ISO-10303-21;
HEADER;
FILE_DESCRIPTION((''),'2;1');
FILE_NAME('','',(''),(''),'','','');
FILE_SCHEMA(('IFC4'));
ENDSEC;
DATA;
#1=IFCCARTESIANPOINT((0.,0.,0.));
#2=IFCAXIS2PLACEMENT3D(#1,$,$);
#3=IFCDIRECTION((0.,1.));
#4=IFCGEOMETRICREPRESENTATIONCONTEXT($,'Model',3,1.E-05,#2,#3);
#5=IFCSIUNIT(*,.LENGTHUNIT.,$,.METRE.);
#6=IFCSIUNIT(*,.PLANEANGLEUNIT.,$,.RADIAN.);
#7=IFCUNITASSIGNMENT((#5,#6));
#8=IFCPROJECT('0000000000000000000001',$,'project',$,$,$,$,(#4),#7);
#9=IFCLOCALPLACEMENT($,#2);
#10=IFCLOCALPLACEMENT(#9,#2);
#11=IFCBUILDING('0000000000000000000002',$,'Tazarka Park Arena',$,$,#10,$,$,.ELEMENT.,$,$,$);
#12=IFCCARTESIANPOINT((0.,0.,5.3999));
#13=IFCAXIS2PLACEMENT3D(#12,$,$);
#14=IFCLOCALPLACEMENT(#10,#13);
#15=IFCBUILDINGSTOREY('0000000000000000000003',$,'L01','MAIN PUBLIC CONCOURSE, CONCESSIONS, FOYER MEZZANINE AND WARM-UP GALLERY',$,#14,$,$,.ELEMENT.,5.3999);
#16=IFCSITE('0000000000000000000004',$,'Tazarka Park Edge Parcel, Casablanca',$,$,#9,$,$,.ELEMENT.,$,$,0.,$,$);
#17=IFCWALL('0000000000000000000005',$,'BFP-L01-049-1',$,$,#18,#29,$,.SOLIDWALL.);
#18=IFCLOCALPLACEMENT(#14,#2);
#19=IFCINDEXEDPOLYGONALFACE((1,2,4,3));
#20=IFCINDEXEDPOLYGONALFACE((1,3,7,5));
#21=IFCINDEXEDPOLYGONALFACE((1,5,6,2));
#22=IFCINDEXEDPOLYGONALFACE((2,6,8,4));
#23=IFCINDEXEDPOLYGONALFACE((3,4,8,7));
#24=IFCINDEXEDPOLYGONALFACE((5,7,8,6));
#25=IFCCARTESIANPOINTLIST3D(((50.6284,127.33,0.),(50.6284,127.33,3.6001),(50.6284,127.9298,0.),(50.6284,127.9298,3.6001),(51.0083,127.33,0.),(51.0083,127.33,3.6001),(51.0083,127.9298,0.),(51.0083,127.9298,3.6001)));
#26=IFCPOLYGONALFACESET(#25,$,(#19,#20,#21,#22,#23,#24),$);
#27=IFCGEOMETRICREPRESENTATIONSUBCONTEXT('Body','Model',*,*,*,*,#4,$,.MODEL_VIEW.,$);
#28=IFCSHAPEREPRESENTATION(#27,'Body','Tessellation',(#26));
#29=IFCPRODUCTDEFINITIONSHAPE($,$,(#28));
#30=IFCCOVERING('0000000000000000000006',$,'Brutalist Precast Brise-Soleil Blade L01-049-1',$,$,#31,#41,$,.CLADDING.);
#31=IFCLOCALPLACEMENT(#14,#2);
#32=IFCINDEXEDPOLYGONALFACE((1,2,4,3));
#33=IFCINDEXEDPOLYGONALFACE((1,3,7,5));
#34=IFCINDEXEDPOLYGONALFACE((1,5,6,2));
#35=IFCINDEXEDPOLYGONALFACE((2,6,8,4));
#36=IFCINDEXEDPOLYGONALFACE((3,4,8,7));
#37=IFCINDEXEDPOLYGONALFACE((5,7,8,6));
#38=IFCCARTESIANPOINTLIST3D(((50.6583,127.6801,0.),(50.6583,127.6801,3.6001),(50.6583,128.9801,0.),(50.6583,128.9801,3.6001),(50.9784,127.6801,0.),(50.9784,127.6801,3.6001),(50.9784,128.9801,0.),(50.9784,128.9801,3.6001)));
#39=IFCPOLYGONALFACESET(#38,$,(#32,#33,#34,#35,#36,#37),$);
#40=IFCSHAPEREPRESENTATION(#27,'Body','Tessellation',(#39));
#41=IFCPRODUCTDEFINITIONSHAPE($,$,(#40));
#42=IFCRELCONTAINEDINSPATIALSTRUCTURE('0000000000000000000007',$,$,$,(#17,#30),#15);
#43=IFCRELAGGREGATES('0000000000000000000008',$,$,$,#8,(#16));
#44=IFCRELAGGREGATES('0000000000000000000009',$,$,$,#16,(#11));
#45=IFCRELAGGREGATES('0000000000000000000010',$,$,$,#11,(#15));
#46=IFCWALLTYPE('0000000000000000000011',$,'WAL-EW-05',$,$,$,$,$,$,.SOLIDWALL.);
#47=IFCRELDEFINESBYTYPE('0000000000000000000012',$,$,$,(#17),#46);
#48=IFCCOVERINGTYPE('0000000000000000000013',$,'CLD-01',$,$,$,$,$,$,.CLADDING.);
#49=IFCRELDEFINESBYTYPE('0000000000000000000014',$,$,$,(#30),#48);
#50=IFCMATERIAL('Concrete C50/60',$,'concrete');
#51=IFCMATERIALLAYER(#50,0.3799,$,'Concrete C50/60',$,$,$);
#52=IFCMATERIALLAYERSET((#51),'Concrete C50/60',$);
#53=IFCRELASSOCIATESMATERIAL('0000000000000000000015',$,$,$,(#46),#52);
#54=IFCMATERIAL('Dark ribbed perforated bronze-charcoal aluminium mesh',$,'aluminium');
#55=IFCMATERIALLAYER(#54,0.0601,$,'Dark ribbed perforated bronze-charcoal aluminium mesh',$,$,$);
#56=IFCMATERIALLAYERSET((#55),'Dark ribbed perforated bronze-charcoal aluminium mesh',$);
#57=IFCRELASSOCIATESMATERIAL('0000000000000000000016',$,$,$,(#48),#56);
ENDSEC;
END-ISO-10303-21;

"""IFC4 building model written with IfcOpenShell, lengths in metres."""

from ifc_helpers import new_model, si_unit, direction, frame, frame_2d, origin, origin_2d, place, context, subcontext, project, spatial, rectangle, extrude, material, layer, layer_set, type_object, element, save


model = new_model("IFC4")

# Units and contexts
model_context = context("Model", 3, precision=1e-05, world=origin(), true_north=direction((0.0, 1.0)))
body_context = subcontext(model_context, "Body", "Model", "MODEL_VIEW")
ifc_project = project(units=[si_unit("LENGTHUNIT", "METRE"), si_unit("PLANEANGLEUNIT", "RADIAN")], contexts=[model_context])

# Site, building, storey
site_placement = place(None, origin())
site = spatial("IfcSite", under=ifc_project, at=site_placement, Name="Tazarka Park Edge Parcel, Casablanca", CompositionType="ELEMENT", RefElevation=0.0)
building_placement = place(site_placement, origin())
building = spatial("IfcBuilding", under=site, at=building_placement, Name="Tazarka Park Arena", CompositionType="ELEMENT")
storey_placement = place(building_placement, frame((0.0, 0.0, 5.3999)))
storey = spatial("IfcBuildingStorey", under=building, at=storey_placement, Name="L01", Description="MAIN PUBLIC CONCOURSE, CONCESSIONS, FOYER MEZZANINE AND WARM-UP GALLERY", CompositionType="ELEMENT", Elevation=5.3999)

# Wall
ifc_material_1 = material(Name="Concrete C50/60", Category="concrete")
ifc_layer_1 = layer(ifc_material_1, 0.3799, Name="Concrete C50/60")
ifc_layer_set_1 = layer_set([ifc_layer_1], Name="Concrete C50/60")
wall_type = type_object("IfcWallType", Name="WAL-EW-05", PredefinedType="SOLIDWALL", material=ifc_layer_set_1)
wall_placement = place(storey_placement, frame((50.8184, 127.3301, 0.0), z_axis=(0.0, 0.0, 1.0), x_axis=(0.0, 1.0, 0.0)))
element("IfcWall", 1, at=wall_placement, inside=storey, type_object=wall_type, Name="BFP-L01-049-1", PredefinedType="SOLIDWALL", context=body_context, shape_type="SweptSolid", body=[
    extrude(rectangle(XDim=0.5999, YDim=0.3799, at=frame_2d((0.2998, 0.0))), origin(), (0.0, 0.0, 1.0), 3.6001),
])

# Covering
ifc_material_2 = material(Name="Dark ribbed perforated bronze-charcoal aluminium mesh", Category="aluminium")
ifc_layer_2 = layer(ifc_material_2, 0.0601, Name="Dark ribbed perforated bronze-charcoal aluminium mesh")
ifc_layer_set_2 = layer_set([ifc_layer_2], Name="Dark ribbed perforated bronze-charcoal aluminium mesh")
covering_type = type_object("IfcCoveringType", Name="CLD-01", PredefinedType="CLADDING", material=ifc_layer_set_2)
covering_placement = place(storey_placement, frame((50.8184, 128.3301, 0.0), z_axis=(0.0, 0.0, 1.0), x_axis=(1.0, 0.0, 0.0)))
element("IfcCovering", 2, at=covering_placement, inside=storey, type_object=covering_type, Name="Brutalist Precast Brise-Soleil Blade L01-049-1", PredefinedType="CLADDING", context=body_context, shape_type="SweptSolid", body=[
    extrude(rectangle(XDim=0.3201, YDim=1.3, at=origin_2d()), origin(), (0.0, 0.0, 1.0), 3.6001),
])

save(model, "model.ifc")
